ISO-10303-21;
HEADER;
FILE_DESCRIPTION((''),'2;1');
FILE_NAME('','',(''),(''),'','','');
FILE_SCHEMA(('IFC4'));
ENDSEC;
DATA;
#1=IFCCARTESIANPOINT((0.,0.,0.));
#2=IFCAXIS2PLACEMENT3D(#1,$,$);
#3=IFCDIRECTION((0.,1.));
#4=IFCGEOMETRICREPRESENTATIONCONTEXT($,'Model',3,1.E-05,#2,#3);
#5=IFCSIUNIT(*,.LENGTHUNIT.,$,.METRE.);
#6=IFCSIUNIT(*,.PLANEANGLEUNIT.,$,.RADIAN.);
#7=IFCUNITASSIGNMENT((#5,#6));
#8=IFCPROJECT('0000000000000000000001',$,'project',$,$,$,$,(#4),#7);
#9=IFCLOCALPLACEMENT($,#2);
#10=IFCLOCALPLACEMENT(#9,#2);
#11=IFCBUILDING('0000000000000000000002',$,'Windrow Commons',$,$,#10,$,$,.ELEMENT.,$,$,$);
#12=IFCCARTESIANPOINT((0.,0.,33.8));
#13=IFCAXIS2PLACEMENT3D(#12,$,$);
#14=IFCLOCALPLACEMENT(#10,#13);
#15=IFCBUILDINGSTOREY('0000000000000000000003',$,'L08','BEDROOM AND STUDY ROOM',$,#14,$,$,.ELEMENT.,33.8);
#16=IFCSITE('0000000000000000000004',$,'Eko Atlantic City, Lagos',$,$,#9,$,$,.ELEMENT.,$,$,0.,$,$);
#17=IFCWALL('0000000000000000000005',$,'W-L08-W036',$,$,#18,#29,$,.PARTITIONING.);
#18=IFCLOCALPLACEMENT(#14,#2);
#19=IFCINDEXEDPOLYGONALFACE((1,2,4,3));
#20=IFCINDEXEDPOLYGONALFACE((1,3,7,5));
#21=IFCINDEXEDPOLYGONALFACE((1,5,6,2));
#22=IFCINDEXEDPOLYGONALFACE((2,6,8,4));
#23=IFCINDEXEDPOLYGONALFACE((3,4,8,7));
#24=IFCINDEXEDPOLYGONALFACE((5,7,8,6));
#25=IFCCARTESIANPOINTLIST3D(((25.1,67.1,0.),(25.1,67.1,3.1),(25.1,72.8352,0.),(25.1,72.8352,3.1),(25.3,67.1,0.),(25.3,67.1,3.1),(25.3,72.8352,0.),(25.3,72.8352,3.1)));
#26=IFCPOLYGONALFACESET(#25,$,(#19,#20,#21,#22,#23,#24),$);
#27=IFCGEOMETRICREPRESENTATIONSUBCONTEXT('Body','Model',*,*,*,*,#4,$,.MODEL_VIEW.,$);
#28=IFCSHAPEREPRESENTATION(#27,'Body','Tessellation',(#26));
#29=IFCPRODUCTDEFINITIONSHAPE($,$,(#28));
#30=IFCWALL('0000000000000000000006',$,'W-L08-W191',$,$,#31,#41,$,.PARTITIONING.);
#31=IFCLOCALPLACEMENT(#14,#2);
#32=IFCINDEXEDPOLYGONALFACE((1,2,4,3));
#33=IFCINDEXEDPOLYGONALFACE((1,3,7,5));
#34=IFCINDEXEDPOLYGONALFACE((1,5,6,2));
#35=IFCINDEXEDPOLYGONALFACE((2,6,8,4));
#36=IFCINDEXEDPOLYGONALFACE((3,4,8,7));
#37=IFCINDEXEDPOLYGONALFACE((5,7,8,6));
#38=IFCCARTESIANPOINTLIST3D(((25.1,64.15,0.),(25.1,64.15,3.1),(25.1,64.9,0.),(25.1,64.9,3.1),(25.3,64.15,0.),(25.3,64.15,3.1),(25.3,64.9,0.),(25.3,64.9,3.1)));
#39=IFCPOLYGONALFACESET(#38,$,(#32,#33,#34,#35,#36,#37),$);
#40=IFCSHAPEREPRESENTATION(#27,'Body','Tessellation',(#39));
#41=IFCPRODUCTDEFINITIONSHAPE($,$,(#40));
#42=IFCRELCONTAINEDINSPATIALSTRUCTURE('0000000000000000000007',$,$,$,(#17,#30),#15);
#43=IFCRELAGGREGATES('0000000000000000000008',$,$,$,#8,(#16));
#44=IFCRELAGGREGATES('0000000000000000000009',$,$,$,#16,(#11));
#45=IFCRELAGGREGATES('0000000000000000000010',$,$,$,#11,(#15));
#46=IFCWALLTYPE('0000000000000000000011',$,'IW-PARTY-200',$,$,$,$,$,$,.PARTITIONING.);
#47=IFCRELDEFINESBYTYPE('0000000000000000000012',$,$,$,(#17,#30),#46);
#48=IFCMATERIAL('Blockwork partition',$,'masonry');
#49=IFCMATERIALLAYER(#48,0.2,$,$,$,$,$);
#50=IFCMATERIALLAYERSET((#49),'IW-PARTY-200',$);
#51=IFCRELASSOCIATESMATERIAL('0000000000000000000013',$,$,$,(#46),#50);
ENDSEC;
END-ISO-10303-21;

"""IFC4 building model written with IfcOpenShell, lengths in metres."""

from ifc_helpers import new_model, si_unit, direction, frame, frame_2d, origin, place, context, subcontext, project, spatial, rectangle, extrude, material, layer, layer_set, type_object, element, save


model = new_model("IFC4")

# Units and contexts
model_context = context("Model", 3, precision=1e-05, world=origin(), true_north=direction((0.0, 1.0)))
body_context = subcontext(model_context, "Body", "Model", "MODEL_VIEW")
ifc_project = project(units=[si_unit("LENGTHUNIT", "METRE"), si_unit("PLANEANGLEUNIT", "RADIAN")], contexts=[model_context])

# Site, building, storey
site_placement = place(None, origin())
site = spatial("IfcSite", under=ifc_project, at=site_placement, Name="Eko Atlantic City, Lagos", CompositionType="ELEMENT", RefElevation=0.0)
building_placement = place(site_placement, origin())
building = spatial("IfcBuilding", under=site, at=building_placement, Name="Windrow Commons", CompositionType="ELEMENT")
storey_placement = place(building_placement, frame((0.0, 0.0, 33.8)))
storey = spatial("IfcBuildingStorey", under=building, at=storey_placement, Name="L08", Description="BEDROOM AND STUDY ROOM", CompositionType="ELEMENT", Elevation=33.8)

# Walls
ifc_material_1 = material(Name="Blockwork partition", Category="masonry")
ifc_layer_1 = layer(ifc_material_1, 0.2)
ifc_layer_set_1 = layer_set([ifc_layer_1], Name="IW-PARTY-200")
wall_type_1 = type_object("IfcWallType", Name="IW-PARTY-200", PredefinedType="PARTITIONING", material=ifc_layer_set_1)
wall_1_placement = place(storey_placement, frame((25.2, 67.1, 0.0), z_axis=(0.0, 0.0, 1.0), x_axis=(0.0, 1.0, 0.0)))
element("IfcWall", 1, at=wall_1_placement, inside=storey, type_object=wall_type_1, Name="W-L08-W036", PredefinedType="PARTITIONING", context=body_context, shape_type="SweptSolid", body=[
    extrude(rectangle(XDim=5.7351, YDim=0.2, at=frame_2d((2.8676, 0.0))), origin(), (0.0, 0.0, 1.0), 3.1),
])
wall_2_placement = place(storey_placement, frame((25.2, 64.15, 0.0), z_axis=(0.0, 0.0, 1.0), x_axis=(0.0, 1.0, 0.0)))
element("IfcWall", 2, at=wall_2_placement, inside=storey, type_object=wall_type_1, Name="W-L08-W191", PredefinedType="PARTITIONING", context=body_context, shape_type="SweptSolid", body=[
    extrude(rectangle(XDim=0.75, YDim=0.2, at=frame_2d((0.375, 0.0))), origin(), (0.0, 0.0, 1.0), 3.1),
])

save(model, "model.ifc")
